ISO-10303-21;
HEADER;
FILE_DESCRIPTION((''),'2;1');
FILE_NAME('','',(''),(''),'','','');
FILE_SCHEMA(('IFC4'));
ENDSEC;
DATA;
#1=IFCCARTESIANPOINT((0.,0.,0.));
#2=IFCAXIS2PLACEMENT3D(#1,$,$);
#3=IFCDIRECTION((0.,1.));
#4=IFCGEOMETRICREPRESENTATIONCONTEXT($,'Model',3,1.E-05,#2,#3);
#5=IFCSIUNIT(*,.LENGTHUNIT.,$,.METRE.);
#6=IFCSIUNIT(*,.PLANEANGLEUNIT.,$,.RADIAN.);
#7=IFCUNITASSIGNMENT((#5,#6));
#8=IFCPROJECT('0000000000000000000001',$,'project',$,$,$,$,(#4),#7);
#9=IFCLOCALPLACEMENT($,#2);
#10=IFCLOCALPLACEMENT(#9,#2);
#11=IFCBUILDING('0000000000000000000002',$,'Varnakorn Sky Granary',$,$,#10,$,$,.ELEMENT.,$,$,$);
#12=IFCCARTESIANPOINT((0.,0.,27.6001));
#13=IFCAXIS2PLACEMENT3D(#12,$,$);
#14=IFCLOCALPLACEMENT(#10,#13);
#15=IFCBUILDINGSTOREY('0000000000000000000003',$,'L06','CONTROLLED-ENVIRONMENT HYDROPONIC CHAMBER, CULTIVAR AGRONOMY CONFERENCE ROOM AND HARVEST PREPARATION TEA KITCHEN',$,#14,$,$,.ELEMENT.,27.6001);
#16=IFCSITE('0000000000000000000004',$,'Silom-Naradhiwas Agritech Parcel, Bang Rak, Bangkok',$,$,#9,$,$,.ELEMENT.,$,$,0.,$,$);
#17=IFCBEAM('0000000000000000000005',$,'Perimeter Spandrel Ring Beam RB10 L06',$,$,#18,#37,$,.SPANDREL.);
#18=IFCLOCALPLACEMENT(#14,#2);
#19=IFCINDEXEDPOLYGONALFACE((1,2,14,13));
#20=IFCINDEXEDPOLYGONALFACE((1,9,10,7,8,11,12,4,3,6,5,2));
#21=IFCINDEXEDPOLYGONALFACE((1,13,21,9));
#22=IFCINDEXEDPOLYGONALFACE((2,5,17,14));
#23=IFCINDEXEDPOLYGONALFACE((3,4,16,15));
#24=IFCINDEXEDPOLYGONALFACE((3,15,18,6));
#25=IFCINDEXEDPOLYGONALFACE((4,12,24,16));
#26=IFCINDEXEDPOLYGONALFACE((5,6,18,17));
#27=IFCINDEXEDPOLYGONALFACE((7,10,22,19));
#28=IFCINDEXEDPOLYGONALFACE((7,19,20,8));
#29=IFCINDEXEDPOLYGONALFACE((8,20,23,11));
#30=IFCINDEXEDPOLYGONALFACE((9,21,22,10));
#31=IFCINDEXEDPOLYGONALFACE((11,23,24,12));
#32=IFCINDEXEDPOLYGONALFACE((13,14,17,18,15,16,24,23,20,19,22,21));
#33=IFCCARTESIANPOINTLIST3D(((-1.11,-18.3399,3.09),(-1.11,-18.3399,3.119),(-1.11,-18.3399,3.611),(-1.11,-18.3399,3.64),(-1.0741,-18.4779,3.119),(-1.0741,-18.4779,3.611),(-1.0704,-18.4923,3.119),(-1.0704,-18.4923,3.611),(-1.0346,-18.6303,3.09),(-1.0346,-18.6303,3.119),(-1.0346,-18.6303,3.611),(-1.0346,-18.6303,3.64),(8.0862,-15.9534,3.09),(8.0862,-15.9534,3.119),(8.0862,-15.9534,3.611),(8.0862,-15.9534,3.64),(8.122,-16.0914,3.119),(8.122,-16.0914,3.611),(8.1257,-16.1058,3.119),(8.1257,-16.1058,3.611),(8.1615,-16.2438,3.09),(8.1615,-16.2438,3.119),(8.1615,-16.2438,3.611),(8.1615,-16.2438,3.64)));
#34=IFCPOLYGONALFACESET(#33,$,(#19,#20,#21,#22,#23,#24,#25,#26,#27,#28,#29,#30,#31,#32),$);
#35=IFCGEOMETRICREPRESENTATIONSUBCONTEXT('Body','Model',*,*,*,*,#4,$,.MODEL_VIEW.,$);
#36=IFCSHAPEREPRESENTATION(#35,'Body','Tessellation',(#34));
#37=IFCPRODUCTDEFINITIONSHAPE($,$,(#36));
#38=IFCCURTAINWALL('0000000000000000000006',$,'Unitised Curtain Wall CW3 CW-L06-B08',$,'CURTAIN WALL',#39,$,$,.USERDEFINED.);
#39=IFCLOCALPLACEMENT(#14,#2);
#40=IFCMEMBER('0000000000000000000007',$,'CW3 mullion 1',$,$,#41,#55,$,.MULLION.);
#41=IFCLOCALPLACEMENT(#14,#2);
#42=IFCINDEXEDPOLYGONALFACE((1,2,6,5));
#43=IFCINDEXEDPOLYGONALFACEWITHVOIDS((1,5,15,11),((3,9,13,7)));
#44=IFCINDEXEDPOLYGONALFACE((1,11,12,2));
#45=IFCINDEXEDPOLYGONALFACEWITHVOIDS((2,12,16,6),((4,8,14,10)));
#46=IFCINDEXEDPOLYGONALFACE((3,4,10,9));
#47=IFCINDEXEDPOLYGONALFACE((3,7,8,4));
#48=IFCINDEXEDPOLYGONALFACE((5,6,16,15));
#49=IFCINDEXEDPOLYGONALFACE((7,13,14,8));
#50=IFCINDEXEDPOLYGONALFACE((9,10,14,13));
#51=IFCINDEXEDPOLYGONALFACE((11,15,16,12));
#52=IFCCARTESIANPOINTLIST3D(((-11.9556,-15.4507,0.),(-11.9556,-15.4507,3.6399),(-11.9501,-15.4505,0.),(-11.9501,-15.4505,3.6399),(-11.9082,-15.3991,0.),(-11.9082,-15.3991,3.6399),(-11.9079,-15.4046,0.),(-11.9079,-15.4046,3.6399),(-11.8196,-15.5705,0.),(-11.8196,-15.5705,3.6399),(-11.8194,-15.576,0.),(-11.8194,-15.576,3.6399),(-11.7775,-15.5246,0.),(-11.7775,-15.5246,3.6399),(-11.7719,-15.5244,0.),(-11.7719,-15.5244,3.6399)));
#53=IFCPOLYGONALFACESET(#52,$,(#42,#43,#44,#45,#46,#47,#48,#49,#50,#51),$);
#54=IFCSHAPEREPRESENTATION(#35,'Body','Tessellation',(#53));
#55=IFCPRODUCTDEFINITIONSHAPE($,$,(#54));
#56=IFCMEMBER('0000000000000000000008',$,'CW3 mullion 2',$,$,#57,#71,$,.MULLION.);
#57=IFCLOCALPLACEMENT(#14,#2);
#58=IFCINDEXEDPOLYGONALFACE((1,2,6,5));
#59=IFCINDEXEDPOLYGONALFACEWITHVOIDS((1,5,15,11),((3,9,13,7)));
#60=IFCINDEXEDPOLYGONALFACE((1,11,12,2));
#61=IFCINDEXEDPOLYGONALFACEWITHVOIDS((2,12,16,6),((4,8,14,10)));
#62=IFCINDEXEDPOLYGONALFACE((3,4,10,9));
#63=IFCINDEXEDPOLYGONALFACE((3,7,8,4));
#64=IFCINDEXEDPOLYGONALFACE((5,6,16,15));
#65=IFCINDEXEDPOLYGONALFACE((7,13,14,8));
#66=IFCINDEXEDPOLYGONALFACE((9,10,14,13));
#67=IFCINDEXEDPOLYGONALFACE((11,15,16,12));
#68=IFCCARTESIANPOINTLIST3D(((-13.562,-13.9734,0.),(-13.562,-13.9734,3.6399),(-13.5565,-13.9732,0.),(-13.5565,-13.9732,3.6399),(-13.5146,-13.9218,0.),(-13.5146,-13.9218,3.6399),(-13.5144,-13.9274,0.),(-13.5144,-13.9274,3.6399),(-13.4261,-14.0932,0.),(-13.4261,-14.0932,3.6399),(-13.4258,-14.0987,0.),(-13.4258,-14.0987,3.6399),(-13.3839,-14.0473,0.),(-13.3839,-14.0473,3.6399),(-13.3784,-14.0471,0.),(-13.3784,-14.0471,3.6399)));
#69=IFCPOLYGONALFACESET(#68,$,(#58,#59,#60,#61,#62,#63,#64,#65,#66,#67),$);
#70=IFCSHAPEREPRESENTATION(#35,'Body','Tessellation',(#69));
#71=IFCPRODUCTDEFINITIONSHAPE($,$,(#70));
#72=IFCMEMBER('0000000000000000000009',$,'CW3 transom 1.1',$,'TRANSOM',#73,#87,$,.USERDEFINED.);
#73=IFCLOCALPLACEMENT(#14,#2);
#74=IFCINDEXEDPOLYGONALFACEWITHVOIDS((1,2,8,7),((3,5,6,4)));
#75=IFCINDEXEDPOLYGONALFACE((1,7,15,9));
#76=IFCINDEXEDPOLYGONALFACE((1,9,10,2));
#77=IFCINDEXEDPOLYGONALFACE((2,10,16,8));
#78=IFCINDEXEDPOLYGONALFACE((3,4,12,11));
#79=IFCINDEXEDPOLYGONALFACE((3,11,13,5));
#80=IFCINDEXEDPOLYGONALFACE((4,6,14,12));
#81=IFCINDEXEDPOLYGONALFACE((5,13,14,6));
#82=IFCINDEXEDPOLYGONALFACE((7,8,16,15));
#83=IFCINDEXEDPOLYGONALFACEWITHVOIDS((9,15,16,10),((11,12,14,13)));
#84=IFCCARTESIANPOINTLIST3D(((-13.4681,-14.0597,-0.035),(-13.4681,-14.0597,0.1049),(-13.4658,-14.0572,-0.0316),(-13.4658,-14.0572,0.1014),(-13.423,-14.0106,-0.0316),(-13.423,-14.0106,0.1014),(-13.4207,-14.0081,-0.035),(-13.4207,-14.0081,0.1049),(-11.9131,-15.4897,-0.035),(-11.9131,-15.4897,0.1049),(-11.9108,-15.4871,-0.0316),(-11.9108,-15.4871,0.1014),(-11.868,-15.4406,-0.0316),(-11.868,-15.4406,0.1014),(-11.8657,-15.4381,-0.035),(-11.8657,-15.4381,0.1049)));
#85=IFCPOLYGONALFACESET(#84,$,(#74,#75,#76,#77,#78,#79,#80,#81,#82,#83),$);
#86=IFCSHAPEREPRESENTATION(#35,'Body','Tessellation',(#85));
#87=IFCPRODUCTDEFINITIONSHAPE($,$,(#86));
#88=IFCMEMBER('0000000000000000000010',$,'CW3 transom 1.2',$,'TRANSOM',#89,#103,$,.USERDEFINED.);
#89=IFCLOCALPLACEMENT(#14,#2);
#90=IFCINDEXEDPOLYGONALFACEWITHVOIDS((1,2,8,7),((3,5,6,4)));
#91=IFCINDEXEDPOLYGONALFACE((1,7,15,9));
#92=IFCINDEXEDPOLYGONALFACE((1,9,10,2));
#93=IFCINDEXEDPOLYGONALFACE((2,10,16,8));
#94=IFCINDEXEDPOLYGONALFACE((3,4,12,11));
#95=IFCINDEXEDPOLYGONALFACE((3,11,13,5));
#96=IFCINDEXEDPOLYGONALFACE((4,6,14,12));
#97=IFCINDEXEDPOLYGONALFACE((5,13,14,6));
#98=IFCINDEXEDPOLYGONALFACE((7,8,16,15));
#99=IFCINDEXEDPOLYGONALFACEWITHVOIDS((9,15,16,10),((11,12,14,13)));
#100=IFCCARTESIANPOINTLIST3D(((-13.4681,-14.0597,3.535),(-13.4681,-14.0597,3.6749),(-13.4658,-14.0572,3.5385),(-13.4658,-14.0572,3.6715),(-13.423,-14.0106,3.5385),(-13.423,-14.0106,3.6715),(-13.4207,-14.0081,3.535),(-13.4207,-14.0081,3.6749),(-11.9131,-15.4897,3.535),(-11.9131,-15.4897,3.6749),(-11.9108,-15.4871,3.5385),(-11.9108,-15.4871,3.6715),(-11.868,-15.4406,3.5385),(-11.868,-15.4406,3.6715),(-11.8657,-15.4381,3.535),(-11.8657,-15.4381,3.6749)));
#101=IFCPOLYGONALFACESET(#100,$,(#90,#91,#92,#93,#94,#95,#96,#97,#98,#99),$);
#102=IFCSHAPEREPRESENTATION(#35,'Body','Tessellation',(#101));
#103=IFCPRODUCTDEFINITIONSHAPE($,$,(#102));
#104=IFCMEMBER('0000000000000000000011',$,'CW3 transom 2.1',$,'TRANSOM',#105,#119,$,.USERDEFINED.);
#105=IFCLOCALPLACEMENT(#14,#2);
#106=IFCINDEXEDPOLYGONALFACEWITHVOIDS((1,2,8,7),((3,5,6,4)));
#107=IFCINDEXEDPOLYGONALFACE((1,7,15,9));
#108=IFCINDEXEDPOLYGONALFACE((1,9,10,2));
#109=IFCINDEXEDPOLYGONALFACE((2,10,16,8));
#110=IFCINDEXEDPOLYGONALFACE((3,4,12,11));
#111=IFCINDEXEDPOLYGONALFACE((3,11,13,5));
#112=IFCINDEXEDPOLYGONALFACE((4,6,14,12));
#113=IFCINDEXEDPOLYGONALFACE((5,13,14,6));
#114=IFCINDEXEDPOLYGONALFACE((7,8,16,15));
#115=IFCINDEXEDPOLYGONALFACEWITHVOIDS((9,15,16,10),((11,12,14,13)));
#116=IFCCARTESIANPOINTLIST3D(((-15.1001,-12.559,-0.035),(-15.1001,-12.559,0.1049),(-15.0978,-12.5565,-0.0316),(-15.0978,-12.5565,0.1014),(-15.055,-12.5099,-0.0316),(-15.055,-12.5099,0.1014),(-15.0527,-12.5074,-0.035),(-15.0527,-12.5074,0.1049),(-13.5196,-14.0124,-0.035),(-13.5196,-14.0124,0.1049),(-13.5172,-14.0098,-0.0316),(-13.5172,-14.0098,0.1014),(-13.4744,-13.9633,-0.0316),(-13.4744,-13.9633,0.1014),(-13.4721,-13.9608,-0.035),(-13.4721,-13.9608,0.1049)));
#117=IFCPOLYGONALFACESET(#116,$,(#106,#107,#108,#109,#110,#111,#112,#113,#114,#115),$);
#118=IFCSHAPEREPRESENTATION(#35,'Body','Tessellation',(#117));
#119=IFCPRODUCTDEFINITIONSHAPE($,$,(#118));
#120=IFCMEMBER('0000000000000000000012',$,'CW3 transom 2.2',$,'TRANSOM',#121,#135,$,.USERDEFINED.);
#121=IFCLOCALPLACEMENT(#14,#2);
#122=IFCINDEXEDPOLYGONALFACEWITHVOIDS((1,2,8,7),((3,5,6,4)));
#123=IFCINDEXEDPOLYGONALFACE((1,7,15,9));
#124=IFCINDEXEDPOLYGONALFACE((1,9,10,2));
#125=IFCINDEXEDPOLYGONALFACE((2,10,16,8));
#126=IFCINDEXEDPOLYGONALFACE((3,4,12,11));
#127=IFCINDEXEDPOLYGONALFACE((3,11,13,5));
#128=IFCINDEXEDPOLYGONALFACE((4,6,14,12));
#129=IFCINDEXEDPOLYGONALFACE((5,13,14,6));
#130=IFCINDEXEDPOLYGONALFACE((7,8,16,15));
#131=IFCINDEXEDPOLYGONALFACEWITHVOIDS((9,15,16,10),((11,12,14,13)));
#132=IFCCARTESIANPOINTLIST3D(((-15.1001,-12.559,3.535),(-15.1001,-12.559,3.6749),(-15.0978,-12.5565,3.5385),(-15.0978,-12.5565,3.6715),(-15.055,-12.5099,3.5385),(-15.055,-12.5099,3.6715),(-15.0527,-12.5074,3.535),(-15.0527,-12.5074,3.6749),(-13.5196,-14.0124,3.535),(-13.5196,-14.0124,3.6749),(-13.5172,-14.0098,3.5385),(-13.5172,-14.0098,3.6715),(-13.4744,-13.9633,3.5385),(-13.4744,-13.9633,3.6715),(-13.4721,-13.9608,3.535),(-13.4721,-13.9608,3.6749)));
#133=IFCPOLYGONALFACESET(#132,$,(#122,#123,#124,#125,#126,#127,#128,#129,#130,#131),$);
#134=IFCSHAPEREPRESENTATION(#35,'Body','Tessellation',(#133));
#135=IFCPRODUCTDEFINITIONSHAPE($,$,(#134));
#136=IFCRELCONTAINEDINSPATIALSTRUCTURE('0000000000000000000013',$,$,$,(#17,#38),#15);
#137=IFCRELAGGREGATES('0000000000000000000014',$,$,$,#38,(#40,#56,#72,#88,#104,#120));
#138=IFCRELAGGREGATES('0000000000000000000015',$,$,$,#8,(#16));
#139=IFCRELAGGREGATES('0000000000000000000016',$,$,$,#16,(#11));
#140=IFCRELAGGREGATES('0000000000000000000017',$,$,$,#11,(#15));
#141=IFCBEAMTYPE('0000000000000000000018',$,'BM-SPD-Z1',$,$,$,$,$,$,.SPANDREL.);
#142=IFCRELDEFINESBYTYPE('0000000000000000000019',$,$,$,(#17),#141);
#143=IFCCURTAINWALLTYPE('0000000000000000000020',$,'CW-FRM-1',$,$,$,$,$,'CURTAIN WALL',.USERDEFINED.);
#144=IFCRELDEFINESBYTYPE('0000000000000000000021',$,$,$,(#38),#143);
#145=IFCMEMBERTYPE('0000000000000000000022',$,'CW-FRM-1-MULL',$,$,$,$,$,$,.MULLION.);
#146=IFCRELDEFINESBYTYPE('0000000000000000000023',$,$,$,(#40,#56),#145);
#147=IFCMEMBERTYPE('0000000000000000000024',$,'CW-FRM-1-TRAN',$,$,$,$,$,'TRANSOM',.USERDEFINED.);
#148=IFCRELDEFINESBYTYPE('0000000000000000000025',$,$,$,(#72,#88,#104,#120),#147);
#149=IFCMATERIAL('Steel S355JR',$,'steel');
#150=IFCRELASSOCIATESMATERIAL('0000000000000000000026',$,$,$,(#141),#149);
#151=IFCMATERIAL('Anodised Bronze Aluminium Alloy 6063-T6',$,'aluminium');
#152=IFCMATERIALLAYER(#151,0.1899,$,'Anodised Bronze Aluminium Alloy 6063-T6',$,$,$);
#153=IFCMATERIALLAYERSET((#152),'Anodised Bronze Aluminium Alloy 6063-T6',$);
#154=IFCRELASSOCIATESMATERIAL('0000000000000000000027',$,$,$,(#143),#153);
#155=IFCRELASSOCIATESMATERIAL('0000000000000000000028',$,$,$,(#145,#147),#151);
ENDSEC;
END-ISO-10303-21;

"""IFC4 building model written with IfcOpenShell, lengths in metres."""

from ifc_helpers import new_model, si_unit, direction, frame, origin, origin_2d, place, context, subcontext, project, spatial, hollow_rectangle, i_section, extrude, material, layer, layer_set, material_profile, profile_set, type_object, element, aggregate, save


model = new_model("IFC4")

# Units and contexts
model_context = context("Model", 3, precision=1e-05, world=origin(), true_north=direction((0.0, 1.0)))
body_context = subcontext(model_context, "Body", "Model", "MODEL_VIEW")
ifc_project = project(units=[si_unit("LENGTHUNIT", "METRE"), si_unit("PLANEANGLEUNIT", "RADIAN")], contexts=[model_context])

# Site, building, storey
site_placement = place(None, origin())
site = spatial("IfcSite", under=ifc_project, at=site_placement, Name="Silom-Naradhiwas Agritech Parcel, Bang Rak, Bangkok", CompositionType="ELEMENT", RefElevation=0.0)
building_placement = place(site_placement, origin())
building = spatial("IfcBuilding", under=site, at=building_placement, Name="Varnakorn Sky Granary", CompositionType="ELEMENT")
storey_placement = place(building_placement, frame((0.0, 0.0, 27.6001)))
storey = spatial("IfcBuildingStorey", under=building, at=storey_placement, Name="L06", Description="CONTROLLED-ENVIRONMENT HYDROPONIC CHAMBER, CULTIVAR AGRONOMY CONFERENCE ROOM AND HARVEST PREPARATION TEA KITCHEN", CompositionType="ELEMENT", Elevation=27.6001)

# Beam
ifc_material_1 = material(Name="Steel S355JR", Category="steel")
ifc_material_profile_1 = material_profile(ifc_material_1, i_section(OverallWidth=0.3, OverallDepth=0.55, WebThickness=0.0149, FlangeThickness=0.0291, at=origin_2d()), Name="HE 550 B")
ifc_profile_set_1 = profile_set([ifc_material_profile_1], Name="Steel S355JR")
beam_type = type_object("IfcBeamType", Name="BM-SPD-Z1", PredefinedType="SPANDREL", material=ifc_profile_set_1)
for number, where, z_axis, x_axis, name in (
    (1, (-1.0723, -18.4851, 3.365), (0.967938, 0.25119, 0.0), (-0.25119, 0.967938, 0.0), "Perimeter Spandrel Ring Beam RB10 L06"),
):
    element("IfcBeam", number, at=place(storey_placement, frame(where, z_axis=z_axis, x_axis=x_axis)), inside=storey, type_object=beam_type, Name=name, PredefinedType="SPANDREL", context=body_context, shape_type="SweptSolid", body=[
        extrude(i_section(OverallWidth=0.3, OverallDepth=0.55, WebThickness=0.0149, FlangeThickness=0.0291, at=origin_2d()), origin(), (0.0, 0.0, 1.0), 9.5007),
    ])

# Curtain wall, members
ifc_material_2 = material(Name="Anodised Bronze Aluminium Alloy 6063-T6", Category="aluminium")
ifc_layer_1 = layer(ifc_material_2, 0.1899, Name="Anodised Bronze Aluminium Alloy 6063-T6")
ifc_layer_set_1 = layer_set([ifc_layer_1], Name="Anodised Bronze Aluminium Alloy 6063-T6")
curtain_wall_type = type_object("IfcCurtainWallType", Name="CW-FRM-1", ElementType="CURTAIN WALL", PredefinedType="USERDEFINED", material=ifc_layer_set_1)
curtain_wall_placement = place(storey_placement, origin())
curtain_wall = element("IfcCurtainWall", 2, at=curtain_wall_placement, inside=storey, type_object=curtain_wall_type, Name="Unitised Curtain Wall CW3 CW-L06-B08", ObjectType="CURTAIN WALL", PredefinedType="USERDEFINED")
ifc_material_profile_2 = material_profile(ifc_material_2, hollow_rectangle(XDim=0.0701, YDim=0.1851, WallThickness=0.0039, at=origin_2d()), Name="ALU MULL 70x185")
ifc_profile_set_2 = profile_set([ifc_material_profile_2], Name="Anodised Bronze Aluminium Alloy 6063-T6")
member_type_1 = type_object("IfcMemberType", Name="CW-FRM-1-MULL", PredefinedType="MULLION", material=ifc_profile_set_2)
member_1_placement = place(storey_placement, frame((-11.8638, -15.4875, 0.0), z_axis=(0.0, 0.0, 1.0), x_axis=(-0.676914, -0.736062, 0.0)))
member_1 = element("IfcMember", 3, at=member_1_placement, type_object=member_type_1, Name="CW3 mullion 1", PredefinedType="MULLION", context=body_context, shape_type="SweptSolid", body=[
    extrude(hollow_rectangle(XDim=0.0701, YDim=0.1851, WallThickness=0.0039, at=origin_2d()), origin(), (0.0, 0.0, 1.0), 3.6399),
])
member_2_placement = place(storey_placement, frame((-13.4702, -14.0103, 0.0), z_axis=(0.0, 0.0, 1.0), x_axis=(-0.676914, -0.736062, 0.0)))
member_2 = element("IfcMember", 4, at=member_2_placement, type_object=member_type_1, Name="CW3 mullion 2", PredefinedType="MULLION", context=body_context, shape_type="SweptSolid", body=[
    extrude(hollow_rectangle(XDim=0.0701, YDim=0.1851, WallThickness=0.0039, at=origin_2d()), origin(), (0.0, 0.0, 1.0), 3.6399),
])
ifc_material_profile_3 = material_profile(ifc_material_2, hollow_rectangle(XDim=0.0701, YDim=0.1399, WallThickness=0.0034, at=origin_2d()), Name="ALU TRAN 70x140")
ifc_profile_set_3 = profile_set([ifc_material_profile_3], Name="Anodised Bronze Aluminium Alloy 6063-T6")
member_type_2 = type_object("IfcMemberType", Name="CW-FRM-1-TRAN", ElementType="TRANSOM", PredefinedType="USERDEFINED", material=ifc_profile_set_3)
member_3_placement = place(storey_placement, frame((-11.8894, -15.4639, 0.0349), z_axis=(-0.736074, 0.676901, 0.0), x_axis=(-0.676901, -0.736074, 0.0)))
member_3 = element("IfcMember", 5, at=member_3_placement, type_object=member_type_2, Name="CW3 transom 1.1", ObjectType="TRANSOM", PredefinedType="USERDEFINED", context=body_context, shape_type="SweptSolid", body=[
    extrude(hollow_rectangle(XDim=0.0701, YDim=0.1399, WallThickness=0.0034, at=origin_2d()), origin(), (0.0, 0.0, 1.0), 2.1125),
])
member_4_placement = place(storey_placement, frame((-11.8894, -15.4639, 3.605), z_axis=(-0.736074, 0.676901, 0.0), x_axis=(-0.676901, -0.736074, 0.0)))
member_4 = element("IfcMember", 6, at=member_4_placement, type_object=member_type_2, Name="CW3 transom 1.2", ObjectType="TRANSOM", PredefinedType="USERDEFINED", context=body_context, shape_type="SweptSolid", body=[
    extrude(hollow_rectangle(XDim=0.0701, YDim=0.1399, WallThickness=0.0034, at=origin_2d()), origin(), (0.0, 0.0, 1.0), 2.1125),
])
member_5_placement = place(storey_placement, frame((-13.4958, -13.9866, 0.0349), z_axis=(-0.736105, 0.676867, 0.0), x_axis=(-0.676867, -0.736105, 0.0)))
member_5 = element("IfcMember", 7, at=member_5_placement, type_object=member_type_2, Name="CW3 transom 2.1", ObjectType="TRANSOM", PredefinedType="USERDEFINED", context=body_context, shape_type="SweptSolid", body=[
    extrude(hollow_rectangle(XDim=0.0701, YDim=0.1399, WallThickness=0.0034, at=origin_2d()), origin(), (0.0, 0.0, 1.0), 2.1472),
])
member_6_placement = place(storey_placement, frame((-13.4958, -13.9866, 3.605), z_axis=(-0.736105, 0.676867, 0.0), x_axis=(-0.676867, -0.736105, 0.0)))
member_6 = element("IfcMember", 8, at=member_6_placement, type_object=member_type_2, Name="CW3 transom 2.2", ObjectType="TRANSOM", PredefinedType="USERDEFINED", context=body_context, shape_type="SweptSolid", body=[
    extrude(hollow_rectangle(XDim=0.0701, YDim=0.1399, WallThickness=0.0034, at=origin_2d()), origin(), (0.0, 0.0, 1.0), 2.1472),
])

aggregate(curtain_wall, [member_1, member_2, member_3, member_4, member_5, member_6])

save(model, "model.ifc")
